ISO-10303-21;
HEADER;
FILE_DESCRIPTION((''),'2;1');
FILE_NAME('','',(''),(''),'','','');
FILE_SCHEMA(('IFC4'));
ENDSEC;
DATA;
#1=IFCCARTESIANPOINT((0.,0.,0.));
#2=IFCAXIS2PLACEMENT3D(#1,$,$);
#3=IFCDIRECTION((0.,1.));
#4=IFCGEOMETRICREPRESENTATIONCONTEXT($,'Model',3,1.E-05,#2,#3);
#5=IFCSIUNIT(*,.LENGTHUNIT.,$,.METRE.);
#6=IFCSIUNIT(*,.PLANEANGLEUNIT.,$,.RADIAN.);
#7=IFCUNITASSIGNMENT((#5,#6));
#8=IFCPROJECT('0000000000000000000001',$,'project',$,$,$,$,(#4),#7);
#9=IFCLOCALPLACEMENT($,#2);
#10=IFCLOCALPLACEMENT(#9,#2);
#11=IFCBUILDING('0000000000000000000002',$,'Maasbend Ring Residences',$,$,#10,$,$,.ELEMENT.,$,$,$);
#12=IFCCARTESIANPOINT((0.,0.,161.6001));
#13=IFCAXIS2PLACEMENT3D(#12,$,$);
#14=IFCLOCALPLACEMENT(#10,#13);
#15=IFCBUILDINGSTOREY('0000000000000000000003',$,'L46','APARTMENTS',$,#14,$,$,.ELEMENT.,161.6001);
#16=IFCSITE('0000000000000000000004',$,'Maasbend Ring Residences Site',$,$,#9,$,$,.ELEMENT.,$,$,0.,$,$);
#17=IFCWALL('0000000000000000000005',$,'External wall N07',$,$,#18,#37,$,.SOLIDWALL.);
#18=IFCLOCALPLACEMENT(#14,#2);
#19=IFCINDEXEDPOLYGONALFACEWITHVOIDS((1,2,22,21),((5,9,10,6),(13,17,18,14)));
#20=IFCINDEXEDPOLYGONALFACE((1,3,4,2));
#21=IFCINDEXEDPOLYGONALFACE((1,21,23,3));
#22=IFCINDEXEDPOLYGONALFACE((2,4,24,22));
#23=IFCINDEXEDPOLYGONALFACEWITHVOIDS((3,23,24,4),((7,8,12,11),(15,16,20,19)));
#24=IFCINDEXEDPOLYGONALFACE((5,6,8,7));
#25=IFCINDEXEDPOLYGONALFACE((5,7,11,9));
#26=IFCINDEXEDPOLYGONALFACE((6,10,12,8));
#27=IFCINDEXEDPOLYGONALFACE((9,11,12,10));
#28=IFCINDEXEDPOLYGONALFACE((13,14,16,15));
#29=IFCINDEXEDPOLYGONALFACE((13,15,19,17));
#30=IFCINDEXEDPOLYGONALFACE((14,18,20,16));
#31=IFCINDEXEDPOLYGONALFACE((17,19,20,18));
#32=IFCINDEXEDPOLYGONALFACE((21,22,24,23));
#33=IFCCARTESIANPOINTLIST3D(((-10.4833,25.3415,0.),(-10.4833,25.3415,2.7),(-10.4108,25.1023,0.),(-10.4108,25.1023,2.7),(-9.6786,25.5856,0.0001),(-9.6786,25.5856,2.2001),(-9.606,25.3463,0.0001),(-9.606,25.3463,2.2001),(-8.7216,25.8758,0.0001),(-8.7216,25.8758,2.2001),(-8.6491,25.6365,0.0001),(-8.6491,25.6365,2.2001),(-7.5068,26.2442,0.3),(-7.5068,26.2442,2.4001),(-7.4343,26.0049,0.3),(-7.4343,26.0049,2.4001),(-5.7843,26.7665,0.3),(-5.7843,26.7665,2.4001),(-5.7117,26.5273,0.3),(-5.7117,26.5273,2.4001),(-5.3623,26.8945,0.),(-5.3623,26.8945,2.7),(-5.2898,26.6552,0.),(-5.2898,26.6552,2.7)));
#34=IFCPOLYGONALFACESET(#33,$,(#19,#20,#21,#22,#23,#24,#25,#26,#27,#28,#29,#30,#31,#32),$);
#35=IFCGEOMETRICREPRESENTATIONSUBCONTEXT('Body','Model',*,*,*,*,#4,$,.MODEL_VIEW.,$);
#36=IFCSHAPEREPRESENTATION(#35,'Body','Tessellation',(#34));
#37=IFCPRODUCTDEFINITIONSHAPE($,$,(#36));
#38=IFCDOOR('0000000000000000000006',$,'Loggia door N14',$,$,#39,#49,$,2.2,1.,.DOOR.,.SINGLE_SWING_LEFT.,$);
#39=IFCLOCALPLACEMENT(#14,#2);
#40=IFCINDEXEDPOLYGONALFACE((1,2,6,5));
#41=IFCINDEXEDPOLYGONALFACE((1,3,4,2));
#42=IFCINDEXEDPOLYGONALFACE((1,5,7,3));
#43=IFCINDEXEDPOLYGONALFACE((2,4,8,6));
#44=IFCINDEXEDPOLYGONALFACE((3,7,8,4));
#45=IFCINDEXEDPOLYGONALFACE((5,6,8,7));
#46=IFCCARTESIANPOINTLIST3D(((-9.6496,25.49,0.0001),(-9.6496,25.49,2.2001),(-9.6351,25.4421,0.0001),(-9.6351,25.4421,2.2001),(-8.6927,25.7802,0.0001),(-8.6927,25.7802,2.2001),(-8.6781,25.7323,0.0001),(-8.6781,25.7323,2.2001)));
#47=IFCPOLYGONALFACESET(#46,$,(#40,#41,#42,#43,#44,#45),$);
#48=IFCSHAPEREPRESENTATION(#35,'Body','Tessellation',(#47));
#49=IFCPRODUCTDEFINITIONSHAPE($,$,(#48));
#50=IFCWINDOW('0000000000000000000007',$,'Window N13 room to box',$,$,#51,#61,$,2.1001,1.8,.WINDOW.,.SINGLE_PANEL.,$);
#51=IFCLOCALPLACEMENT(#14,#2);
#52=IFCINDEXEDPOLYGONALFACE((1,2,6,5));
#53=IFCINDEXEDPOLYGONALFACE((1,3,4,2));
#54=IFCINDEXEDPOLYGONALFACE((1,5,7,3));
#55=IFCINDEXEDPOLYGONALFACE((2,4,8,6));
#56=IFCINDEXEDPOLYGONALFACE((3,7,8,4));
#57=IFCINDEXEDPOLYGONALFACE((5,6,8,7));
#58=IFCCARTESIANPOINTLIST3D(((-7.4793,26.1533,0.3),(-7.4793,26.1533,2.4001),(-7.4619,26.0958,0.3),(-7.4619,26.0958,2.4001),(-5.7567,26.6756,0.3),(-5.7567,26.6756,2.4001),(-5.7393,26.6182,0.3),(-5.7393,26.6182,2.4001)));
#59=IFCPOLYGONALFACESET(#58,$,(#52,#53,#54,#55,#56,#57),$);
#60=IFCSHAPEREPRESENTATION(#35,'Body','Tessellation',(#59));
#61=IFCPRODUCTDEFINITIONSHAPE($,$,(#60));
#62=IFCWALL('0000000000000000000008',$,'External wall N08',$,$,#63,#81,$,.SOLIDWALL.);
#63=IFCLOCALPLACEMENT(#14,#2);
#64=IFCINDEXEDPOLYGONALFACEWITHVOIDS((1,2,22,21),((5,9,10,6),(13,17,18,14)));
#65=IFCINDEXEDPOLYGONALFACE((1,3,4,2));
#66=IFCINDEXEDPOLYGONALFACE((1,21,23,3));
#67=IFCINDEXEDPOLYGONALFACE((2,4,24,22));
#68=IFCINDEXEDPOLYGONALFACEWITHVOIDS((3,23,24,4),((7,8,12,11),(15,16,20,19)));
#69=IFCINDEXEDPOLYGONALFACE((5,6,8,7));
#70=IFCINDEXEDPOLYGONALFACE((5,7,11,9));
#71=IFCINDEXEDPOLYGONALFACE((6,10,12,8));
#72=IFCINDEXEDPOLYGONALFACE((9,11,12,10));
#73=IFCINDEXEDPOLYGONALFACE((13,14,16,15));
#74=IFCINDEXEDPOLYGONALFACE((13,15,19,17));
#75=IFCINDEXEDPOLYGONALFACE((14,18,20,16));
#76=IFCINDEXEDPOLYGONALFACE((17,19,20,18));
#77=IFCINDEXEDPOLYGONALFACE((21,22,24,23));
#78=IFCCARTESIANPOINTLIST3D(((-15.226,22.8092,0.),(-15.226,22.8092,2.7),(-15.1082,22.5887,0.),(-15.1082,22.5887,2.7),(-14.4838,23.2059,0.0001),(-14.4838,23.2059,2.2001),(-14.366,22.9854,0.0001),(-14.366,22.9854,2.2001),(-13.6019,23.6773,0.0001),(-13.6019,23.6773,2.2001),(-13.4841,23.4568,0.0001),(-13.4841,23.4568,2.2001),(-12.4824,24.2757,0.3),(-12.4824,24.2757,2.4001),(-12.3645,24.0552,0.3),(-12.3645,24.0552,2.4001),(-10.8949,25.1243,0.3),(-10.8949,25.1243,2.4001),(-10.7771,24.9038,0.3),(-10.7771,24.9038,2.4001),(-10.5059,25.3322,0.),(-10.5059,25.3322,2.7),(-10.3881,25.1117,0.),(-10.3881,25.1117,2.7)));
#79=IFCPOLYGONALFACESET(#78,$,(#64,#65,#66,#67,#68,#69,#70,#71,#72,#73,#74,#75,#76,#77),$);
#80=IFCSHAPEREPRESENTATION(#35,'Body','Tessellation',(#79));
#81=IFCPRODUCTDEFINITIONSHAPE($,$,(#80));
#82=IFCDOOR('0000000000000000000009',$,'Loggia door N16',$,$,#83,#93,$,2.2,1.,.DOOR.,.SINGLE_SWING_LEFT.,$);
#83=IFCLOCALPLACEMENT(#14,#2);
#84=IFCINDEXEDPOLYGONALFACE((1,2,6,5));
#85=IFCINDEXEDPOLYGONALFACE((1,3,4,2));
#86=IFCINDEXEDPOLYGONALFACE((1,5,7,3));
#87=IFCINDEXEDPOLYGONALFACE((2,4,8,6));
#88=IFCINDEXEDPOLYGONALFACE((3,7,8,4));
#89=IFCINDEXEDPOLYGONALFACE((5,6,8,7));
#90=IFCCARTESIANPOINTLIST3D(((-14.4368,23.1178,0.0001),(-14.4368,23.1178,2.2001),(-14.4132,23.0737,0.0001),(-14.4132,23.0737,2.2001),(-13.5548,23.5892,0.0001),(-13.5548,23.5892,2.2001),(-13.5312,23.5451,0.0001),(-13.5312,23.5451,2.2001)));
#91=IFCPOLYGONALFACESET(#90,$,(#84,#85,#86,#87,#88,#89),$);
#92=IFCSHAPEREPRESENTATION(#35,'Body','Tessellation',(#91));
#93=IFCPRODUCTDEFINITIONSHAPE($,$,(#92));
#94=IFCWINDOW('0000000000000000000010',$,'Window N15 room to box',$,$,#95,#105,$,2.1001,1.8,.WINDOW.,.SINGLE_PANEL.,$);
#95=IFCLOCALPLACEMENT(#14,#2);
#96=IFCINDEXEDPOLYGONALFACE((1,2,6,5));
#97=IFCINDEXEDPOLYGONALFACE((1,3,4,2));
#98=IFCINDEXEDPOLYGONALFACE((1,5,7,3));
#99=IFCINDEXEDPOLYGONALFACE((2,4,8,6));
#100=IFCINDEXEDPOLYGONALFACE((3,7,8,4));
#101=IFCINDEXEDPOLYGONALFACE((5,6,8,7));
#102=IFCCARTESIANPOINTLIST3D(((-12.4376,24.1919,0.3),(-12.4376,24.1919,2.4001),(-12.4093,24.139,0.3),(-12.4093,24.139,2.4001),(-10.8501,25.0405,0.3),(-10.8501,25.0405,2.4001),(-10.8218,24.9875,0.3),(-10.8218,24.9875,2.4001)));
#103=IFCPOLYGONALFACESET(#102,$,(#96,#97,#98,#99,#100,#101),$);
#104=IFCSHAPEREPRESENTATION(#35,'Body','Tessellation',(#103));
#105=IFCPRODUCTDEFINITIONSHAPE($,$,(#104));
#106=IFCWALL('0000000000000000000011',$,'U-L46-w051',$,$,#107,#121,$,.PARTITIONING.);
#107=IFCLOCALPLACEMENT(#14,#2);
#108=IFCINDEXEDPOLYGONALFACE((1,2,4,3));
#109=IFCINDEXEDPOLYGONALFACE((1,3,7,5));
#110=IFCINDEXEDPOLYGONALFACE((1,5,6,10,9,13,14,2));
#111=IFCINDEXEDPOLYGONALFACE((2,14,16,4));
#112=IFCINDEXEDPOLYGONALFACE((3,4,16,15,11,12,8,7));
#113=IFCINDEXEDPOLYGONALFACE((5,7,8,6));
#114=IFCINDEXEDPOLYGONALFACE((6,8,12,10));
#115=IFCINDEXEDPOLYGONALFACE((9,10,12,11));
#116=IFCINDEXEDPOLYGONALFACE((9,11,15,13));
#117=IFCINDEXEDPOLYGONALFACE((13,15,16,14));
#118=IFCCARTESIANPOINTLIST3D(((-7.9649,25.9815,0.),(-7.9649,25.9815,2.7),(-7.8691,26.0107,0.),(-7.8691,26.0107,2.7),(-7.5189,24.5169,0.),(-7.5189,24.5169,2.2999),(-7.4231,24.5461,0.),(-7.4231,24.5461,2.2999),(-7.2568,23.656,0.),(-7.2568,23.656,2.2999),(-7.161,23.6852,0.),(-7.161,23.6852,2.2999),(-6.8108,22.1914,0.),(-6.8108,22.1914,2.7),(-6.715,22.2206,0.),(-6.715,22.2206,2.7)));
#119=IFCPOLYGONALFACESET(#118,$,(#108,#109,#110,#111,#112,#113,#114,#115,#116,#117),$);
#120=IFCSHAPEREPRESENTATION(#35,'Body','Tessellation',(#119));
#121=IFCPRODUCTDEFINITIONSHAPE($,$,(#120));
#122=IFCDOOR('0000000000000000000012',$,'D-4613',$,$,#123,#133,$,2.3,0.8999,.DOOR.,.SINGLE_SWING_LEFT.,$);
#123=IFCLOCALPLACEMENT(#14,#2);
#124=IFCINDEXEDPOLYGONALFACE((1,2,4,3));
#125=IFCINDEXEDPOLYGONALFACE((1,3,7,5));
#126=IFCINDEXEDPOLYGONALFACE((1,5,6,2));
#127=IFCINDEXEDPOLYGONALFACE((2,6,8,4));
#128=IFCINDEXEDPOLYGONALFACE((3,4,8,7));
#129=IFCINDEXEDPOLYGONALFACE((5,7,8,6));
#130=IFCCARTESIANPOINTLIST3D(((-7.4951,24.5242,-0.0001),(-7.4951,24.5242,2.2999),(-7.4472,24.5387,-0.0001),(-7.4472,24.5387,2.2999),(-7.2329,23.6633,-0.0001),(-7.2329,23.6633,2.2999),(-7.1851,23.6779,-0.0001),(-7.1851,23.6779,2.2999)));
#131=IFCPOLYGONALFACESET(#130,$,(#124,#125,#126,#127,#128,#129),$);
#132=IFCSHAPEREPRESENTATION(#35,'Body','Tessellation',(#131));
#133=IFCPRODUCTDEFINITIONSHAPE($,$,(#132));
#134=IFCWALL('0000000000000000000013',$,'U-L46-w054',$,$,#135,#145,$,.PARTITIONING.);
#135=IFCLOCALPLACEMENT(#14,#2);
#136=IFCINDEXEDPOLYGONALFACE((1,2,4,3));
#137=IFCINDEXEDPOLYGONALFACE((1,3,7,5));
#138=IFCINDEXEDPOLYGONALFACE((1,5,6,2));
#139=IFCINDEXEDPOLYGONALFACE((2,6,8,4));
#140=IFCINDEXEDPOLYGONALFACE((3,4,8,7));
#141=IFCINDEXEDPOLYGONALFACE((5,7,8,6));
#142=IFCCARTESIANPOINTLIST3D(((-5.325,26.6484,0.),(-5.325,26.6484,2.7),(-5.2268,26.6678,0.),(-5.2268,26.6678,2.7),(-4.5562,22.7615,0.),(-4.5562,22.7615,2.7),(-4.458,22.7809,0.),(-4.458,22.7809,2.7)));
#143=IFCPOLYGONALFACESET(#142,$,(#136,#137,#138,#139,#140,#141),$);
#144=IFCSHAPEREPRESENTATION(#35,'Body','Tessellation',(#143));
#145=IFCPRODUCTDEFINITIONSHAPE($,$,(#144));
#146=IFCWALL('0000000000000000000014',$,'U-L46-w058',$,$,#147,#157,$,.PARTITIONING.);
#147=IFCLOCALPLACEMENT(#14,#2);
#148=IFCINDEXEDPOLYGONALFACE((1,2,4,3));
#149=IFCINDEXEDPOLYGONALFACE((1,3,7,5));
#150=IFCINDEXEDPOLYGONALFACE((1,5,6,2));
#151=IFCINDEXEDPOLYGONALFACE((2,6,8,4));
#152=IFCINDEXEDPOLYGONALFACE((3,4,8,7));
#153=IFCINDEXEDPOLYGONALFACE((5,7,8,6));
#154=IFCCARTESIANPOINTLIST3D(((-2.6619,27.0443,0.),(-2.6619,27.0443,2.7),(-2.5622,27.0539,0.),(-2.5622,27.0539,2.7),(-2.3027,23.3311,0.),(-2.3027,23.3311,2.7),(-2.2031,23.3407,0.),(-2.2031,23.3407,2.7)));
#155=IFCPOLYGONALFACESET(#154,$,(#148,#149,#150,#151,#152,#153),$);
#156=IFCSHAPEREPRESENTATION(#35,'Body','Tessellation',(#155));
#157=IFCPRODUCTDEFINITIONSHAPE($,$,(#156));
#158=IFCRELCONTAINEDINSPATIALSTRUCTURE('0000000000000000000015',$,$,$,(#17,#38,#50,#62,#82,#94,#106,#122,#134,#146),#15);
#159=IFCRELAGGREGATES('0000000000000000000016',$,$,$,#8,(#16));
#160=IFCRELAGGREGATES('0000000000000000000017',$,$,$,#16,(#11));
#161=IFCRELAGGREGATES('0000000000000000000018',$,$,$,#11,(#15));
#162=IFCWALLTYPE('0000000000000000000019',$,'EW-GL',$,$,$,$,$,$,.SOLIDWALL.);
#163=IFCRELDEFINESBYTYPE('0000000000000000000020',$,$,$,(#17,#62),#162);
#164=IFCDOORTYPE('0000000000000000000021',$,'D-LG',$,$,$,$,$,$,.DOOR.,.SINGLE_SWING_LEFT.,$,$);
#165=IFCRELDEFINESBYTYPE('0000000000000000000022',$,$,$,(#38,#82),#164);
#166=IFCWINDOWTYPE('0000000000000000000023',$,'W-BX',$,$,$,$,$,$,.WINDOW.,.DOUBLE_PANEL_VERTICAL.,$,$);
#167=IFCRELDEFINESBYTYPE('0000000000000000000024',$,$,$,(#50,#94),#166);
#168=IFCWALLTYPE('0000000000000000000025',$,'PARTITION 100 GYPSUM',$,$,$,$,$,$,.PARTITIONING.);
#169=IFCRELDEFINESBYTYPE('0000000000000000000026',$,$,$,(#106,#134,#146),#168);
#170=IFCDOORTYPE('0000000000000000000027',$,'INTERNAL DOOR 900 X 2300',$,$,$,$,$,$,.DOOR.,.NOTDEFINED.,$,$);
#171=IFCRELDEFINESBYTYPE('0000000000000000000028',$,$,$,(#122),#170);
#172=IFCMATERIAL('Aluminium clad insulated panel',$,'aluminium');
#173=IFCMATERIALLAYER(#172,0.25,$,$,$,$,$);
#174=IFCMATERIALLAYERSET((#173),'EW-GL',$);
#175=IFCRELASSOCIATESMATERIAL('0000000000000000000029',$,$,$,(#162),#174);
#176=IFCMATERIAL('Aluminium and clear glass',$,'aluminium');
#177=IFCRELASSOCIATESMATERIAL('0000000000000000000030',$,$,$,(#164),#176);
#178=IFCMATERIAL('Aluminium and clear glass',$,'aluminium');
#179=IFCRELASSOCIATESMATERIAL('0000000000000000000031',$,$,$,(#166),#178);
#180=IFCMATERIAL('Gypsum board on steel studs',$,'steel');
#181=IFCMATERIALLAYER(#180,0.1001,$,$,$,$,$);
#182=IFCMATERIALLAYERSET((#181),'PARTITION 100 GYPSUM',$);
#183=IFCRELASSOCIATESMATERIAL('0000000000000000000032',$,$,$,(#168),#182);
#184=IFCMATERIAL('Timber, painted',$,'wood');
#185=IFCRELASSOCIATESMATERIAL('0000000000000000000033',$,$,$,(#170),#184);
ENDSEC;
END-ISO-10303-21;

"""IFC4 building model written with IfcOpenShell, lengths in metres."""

from ifc_helpers import new_model, si_unit, direction, frame, frame_2d, origin, place, context, subcontext, project, spatial, rectangle, extrude, material, layer, layer_set, type_object, element, fill, save


model = new_model("IFC4")

# Units and contexts
model_context = context("Model", 3, precision=1e-05, world=origin(), true_north=direction((0.0, 1.0)))
body_context = subcontext(model_context, "Body", "Model", "MODEL_VIEW")
ifc_project = project(units=[si_unit("LENGTHUNIT", "METRE"), si_unit("PLANEANGLEUNIT", "RADIAN")], contexts=[model_context])

# Site, building, storey
site_placement = place(None, origin())
site = spatial("IfcSite", under=ifc_project, at=site_placement, Name="Maasbend Ring Residences Site", CompositionType="ELEMENT", RefElevation=0.0)
building_placement = place(site_placement, origin())
building = spatial("IfcBuilding", under=site, at=building_placement, Name="Maasbend Ring Residences", CompositionType="ELEMENT")
storey_placement = place(building_placement, frame((0.0, 0.0, 161.6001)))
storey = spatial("IfcBuildingStorey", under=building, at=storey_placement, Name="L46", Description="APARTMENTS", CompositionType="ELEMENT", Elevation=161.6001)

# Walls, openings, doors, windows
ifc_material_1 = material(Name="Aluminium clad insulated panel", Category="aluminium")
ifc_layer_1 = layer(ifc_material_1, 0.25)
ifc_layer_set_1 = layer_set([ifc_layer_1], Name="EW-GL")
wall_type_1 = type_object("IfcWallType", Name="EW-GL", PredefinedType="SOLIDWALL", material=ifc_layer_set_1)
wall_1_placement = place(storey_placement, frame((-5.3259, 26.7749, 0.0), z_axis=(0.0, 0.0, 1.0), x_axis=(-0.956966, -0.290201, 0.0)))
wall_1 = element("IfcWall", 1, at=wall_1_placement, inside=storey, type_object=wall_type_1, Name="External wall N07", PredefinedType="SOLIDWALL", context=body_context, shape_type="SweptSolid", body=[
    extrude(rectangle(XDim=5.3513, YDim=0.25, at=frame_2d((2.6758, 0.0))), origin(), (0.0, 0.0, 1.0), 2.7),
])
opening_1_placement = place(wall_1_placement, frame((0.4412, 0.0, 0.3)))
opening_1 = element("IfcOpeningElement", 2, at=opening_1_placement, cuts=wall_1, PredefinedType="OPENING", context=body_context, shape_type="SweptSolid", body=[
    extrude(rectangle(XDim=1.8, YDim=2.1001, at=frame_2d((0.8999, 1.05))), frame((0.0, 0.135, 0.0), z_axis=(0.0, -1.0, 0.0), x_axis=(1.0, 0.0, 0.0)), (0.0, 0.0, 1.0), 0.27),
])
opening_2_placement = place(wall_1_placement, frame((3.5105, 0.0, 0.0)))
opening_2 = element("IfcOpeningElement", 3, at=opening_2_placement, cuts=wall_1, PredefinedType="OPENING", context=body_context, shape_type="SweptSolid", body=[
    extrude(rectangle(XDim=1.0, YDim=2.2, at=frame_2d((0.5, 1.1001))), frame((0.0, 0.135, 0.0), z_axis=(0.0, -1.0, 0.0), x_axis=(1.0, 0.0, 0.0)), (0.0, 0.0, 1.0), 0.27),
])
ifc_material_2 = material(Name="Aluminium and clear glass", Category="aluminium")
door_type_1 = type_object("IfcDoorType", Name="D-LG", OperationType="SINGLE_SWING_LEFT", PredefinedType="DOOR", material=ifc_material_2)
door_1_placement = place(opening_2_placement, origin())
door_1 = element("IfcDoor", 4, at=door_1_placement, inside=storey, type_object=door_type_1, Name="Loggia door N14", OperationType="SINGLE_SWING_LEFT", OverallHeight=2.2, OverallWidth=1.0, PredefinedType="DOOR", context=body_context, shape_type="SweptSolid", body=[
    extrude(rectangle(XDim=1.0, YDim=2.2, at=frame_2d((0.5, 1.1001))), frame((0.0, 0.0249, 0.0), z_axis=(0.0, -1.0, 0.0), x_axis=(1.0, 0.0, 0.0)), (0.0, 0.0, 1.0), 0.05),
])
fill(opening_2, door_1)
ifc_material_3 = material(Name="Aluminium and clear glass", Category="aluminium")
window_type_1 = type_object("IfcWindowType", Name="W-BX", PartitioningType="DOUBLE_PANEL_VERTICAL", PredefinedType="WINDOW", material=ifc_material_3)
window_1_placement = place(opening_1_placement, origin())
window_1 = element("IfcWindow", 5, at=window_1_placement, inside=storey, type_object=window_type_1, Name="Window N13 room to box", OverallHeight=2.1001, OverallWidth=1.8, PartitioningType="SINGLE_PANEL", PredefinedType="WINDOW", context=body_context, shape_type="SweptSolid", body=[
    extrude(rectangle(XDim=1.8, YDim=2.1001, at=frame_2d((0.8999, 1.05))), frame((0.0, 0.03, 0.0), z_axis=(0.0, -1.0, 0.0), x_axis=(1.0, 0.0, 0.0)), (0.0, 0.0, 1.0), 0.0601),
])
fill(opening_1, window_1)
wall_2_placement = place(storey_placement, frame((-10.447, 25.2219, 0.0), z_axis=(0.0, 0.0, 1.0), x_axis=(-0.881916, -0.471407, 0.0)))
wall_2 = element("IfcWall", 6, at=wall_2_placement, inside=storey, type_object=wall_type_1, Name="External wall N08", PredefinedType="SOLIDWALL", context=body_context, shape_type="SweptSolid", body=[
    extrude(rectangle(XDim=5.3521, YDim=0.25, at=frame_2d((2.676, 0.0))), origin(), (0.0, 0.0, 1.0), 2.7),
])
opening_3_placement = place(wall_2_placement, frame((0.4412, 0.0, 0.3)))
opening_3 = element("IfcOpeningElement", 7, at=opening_3_placement, cuts=wall_2, PredefinedType="OPENING", context=body_context, shape_type="SweptSolid", body=[
    extrude(rectangle(XDim=1.8, YDim=2.1001, at=frame_2d((0.8999, 1.05))), frame((0.0, 0.135, 0.0), z_axis=(0.0, -1.0, 0.0), x_axis=(1.0, 0.0, 0.0)), (0.0, 0.0, 1.0), 0.27),
])
opening_4_placement = place(wall_2_placement, frame((3.5105, 0.0, 0.0)))
opening_4 = element("IfcOpeningElement", 8, at=opening_4_placement, cuts=wall_2, PredefinedType="OPENING", context=body_context, shape_type="SweptSolid", body=[
    extrude(rectangle(XDim=1.0, YDim=2.2, at=frame_2d((0.5, 1.1001))), frame((0.0, 0.135, 0.0), z_axis=(0.0, -1.0, 0.0), x_axis=(1.0, 0.0, 0.0)), (0.0, 0.0, 1.0), 0.27),
])
door_2_placement = place(opening_4_placement, origin())
door_2 = element("IfcDoor", 9, at=door_2_placement, inside=storey, type_object=door_type_1, Name="Loggia door N16", OperationType="SINGLE_SWING_LEFT", OverallHeight=2.2, OverallWidth=1.0, PredefinedType="DOOR", context=body_context, shape_type="SweptSolid", body=[
    extrude(rectangle(XDim=1.0, YDim=2.2, at=frame_2d((0.5, 1.1001))), frame((0.0, 0.0249, 0.0), z_axis=(0.0, -1.0, 0.0), x_axis=(1.0, 0.0, 0.0)), (0.0, 0.0, 1.0), 0.05),
])
fill(opening_4, door_2)
window_2_placement = place(opening_3_placement, origin())
window_2 = element("IfcWindow", 10, at=window_2_placement, inside=storey, type_object=window_type_1, Name="Window N15 room to box", OverallHeight=2.1001, OverallWidth=1.8, PartitioningType="SINGLE_PANEL", PredefinedType="WINDOW", context=body_context, shape_type="SweptSolid", body=[
    extrude(rectangle(XDim=1.8, YDim=2.1001, at=frame_2d((0.8999, 1.05))), frame((0.0, 0.03, 0.0), z_axis=(0.0, -1.0, 0.0), x_axis=(1.0, 0.0, 0.0)), (0.0, 0.0, 1.0), 0.0601),
])
fill(opening_3, window_2)

# Wall, opening, door
ifc_material_4 = material(Name="Gypsum board on steel studs", Category="steel")
ifc_layer_2 = layer(ifc_material_4, 0.1001)
ifc_layer_set_2 = layer_set([ifc_layer_2], Name="PARTITION 100 GYPSUM")
wall_type_2 = type_object("IfcWallType", Name="PARTITION 100 GYPSUM", PredefinedType="PARTITIONING", material=ifc_layer_set_2)
wall_3_placement = place(storey_placement, frame((-7.917, 25.9961, 0.0), z_axis=(0.0, 0.0, 1.0), x_axis=(0.291292, -0.956634, 0.0)))
wall_3 = element("IfcWall", 11, at=wall_3_placement, inside=storey, type_object=wall_type_2, Name="U-L46-w051", PredefinedType="PARTITIONING", context=body_context, shape_type="SweptSolid", body=[
    extrude(rectangle(XDim=3.9619, YDim=0.1001, at=frame_2d((1.981, 0.0))), origin(), (0.0, 0.0, 1.0), 2.7),
])
opening_5_placement = place(wall_3_placement, frame((1.531, 0.0, 0.0)))
opening_5 = element("IfcOpeningElement", 12, at=opening_5_placement, cuts=wall_3, PredefinedType="OPENING", context=body_context, shape_type="SweptSolid", body=[
    extrude(rectangle(XDim=0.8999, YDim=2.3, at=frame_2d((0.45, 1.1499))), frame((0.0, 0.0601, 0.0), z_axis=(0.0, -1.0, 0.0), x_axis=(1.0, 0.0, 0.0)), (0.0, 0.0, 1.0), 0.1201),
])
ifc_material_5 = material(Name="Timber, painted", Category="wood")
door_type_2 = type_object("IfcDoorType", Name="INTERNAL DOOR 900 X 2300", OperationType="NOTDEFINED", PredefinedType="DOOR", material=ifc_material_5)
door_3_placement = place(opening_5_placement, origin())
door_3 = element("IfcDoor", 13, at=door_3_placement, inside=storey, type_object=door_type_2, Name="D-4613", OperationType="SINGLE_SWING_LEFT", OverallHeight=2.3, OverallWidth=0.8999, PredefinedType="DOOR", context=body_context, shape_type="SweptSolid", body=[
    extrude(rectangle(XDim=0.8999, YDim=2.3, at=frame_2d((0.45, 1.1499))), frame((0.0, 0.0249, 0.0), z_axis=(0.0, -1.0, 0.0), x_axis=(1.0, 0.0, 0.0)), (0.0, 0.0, 1.0), 0.05),
])
fill(opening_5, door_3)

# Walls
wall_4_placement = place(storey_placement, frame((-5.2759, 26.658, 0.0), z_axis=(0.0, 0.0, 1.0), x_axis=(0.19403, -0.980996, 0.0)))
element("IfcWall", 14, at=wall_4_placement, inside=storey, type_object=wall_type_2, Name="U-L46-w054", PredefinedType="PARTITIONING", context=body_context, shape_type="SweptSolid", body=[
    extrude(rectangle(XDim=3.9622, YDim=0.1001, at=frame_2d((1.981, 0.0))), origin(), (0.0, 0.0, 1.0), 2.7),
])
wall_5_placement = place(storey_placement, frame((-2.6121, 27.0491, 0.0), z_axis=(0.0, 0.0, 1.0), x_axis=(0.09627, -0.995355, 0.0)))
element("IfcWall", 15, at=wall_5_placement, inside=storey, type_object=wall_type_2, Name="U-L46-w058", PredefinedType="PARTITIONING", context=body_context, shape_type="SweptSolid", body=[
    extrude(rectangle(XDim=3.7305, YDim=0.1001, at=frame_2d((1.8652, 0.0))), origin(), (0.0, 0.0, 1.0), 2.7),
])

save(model, "model.ifc")
